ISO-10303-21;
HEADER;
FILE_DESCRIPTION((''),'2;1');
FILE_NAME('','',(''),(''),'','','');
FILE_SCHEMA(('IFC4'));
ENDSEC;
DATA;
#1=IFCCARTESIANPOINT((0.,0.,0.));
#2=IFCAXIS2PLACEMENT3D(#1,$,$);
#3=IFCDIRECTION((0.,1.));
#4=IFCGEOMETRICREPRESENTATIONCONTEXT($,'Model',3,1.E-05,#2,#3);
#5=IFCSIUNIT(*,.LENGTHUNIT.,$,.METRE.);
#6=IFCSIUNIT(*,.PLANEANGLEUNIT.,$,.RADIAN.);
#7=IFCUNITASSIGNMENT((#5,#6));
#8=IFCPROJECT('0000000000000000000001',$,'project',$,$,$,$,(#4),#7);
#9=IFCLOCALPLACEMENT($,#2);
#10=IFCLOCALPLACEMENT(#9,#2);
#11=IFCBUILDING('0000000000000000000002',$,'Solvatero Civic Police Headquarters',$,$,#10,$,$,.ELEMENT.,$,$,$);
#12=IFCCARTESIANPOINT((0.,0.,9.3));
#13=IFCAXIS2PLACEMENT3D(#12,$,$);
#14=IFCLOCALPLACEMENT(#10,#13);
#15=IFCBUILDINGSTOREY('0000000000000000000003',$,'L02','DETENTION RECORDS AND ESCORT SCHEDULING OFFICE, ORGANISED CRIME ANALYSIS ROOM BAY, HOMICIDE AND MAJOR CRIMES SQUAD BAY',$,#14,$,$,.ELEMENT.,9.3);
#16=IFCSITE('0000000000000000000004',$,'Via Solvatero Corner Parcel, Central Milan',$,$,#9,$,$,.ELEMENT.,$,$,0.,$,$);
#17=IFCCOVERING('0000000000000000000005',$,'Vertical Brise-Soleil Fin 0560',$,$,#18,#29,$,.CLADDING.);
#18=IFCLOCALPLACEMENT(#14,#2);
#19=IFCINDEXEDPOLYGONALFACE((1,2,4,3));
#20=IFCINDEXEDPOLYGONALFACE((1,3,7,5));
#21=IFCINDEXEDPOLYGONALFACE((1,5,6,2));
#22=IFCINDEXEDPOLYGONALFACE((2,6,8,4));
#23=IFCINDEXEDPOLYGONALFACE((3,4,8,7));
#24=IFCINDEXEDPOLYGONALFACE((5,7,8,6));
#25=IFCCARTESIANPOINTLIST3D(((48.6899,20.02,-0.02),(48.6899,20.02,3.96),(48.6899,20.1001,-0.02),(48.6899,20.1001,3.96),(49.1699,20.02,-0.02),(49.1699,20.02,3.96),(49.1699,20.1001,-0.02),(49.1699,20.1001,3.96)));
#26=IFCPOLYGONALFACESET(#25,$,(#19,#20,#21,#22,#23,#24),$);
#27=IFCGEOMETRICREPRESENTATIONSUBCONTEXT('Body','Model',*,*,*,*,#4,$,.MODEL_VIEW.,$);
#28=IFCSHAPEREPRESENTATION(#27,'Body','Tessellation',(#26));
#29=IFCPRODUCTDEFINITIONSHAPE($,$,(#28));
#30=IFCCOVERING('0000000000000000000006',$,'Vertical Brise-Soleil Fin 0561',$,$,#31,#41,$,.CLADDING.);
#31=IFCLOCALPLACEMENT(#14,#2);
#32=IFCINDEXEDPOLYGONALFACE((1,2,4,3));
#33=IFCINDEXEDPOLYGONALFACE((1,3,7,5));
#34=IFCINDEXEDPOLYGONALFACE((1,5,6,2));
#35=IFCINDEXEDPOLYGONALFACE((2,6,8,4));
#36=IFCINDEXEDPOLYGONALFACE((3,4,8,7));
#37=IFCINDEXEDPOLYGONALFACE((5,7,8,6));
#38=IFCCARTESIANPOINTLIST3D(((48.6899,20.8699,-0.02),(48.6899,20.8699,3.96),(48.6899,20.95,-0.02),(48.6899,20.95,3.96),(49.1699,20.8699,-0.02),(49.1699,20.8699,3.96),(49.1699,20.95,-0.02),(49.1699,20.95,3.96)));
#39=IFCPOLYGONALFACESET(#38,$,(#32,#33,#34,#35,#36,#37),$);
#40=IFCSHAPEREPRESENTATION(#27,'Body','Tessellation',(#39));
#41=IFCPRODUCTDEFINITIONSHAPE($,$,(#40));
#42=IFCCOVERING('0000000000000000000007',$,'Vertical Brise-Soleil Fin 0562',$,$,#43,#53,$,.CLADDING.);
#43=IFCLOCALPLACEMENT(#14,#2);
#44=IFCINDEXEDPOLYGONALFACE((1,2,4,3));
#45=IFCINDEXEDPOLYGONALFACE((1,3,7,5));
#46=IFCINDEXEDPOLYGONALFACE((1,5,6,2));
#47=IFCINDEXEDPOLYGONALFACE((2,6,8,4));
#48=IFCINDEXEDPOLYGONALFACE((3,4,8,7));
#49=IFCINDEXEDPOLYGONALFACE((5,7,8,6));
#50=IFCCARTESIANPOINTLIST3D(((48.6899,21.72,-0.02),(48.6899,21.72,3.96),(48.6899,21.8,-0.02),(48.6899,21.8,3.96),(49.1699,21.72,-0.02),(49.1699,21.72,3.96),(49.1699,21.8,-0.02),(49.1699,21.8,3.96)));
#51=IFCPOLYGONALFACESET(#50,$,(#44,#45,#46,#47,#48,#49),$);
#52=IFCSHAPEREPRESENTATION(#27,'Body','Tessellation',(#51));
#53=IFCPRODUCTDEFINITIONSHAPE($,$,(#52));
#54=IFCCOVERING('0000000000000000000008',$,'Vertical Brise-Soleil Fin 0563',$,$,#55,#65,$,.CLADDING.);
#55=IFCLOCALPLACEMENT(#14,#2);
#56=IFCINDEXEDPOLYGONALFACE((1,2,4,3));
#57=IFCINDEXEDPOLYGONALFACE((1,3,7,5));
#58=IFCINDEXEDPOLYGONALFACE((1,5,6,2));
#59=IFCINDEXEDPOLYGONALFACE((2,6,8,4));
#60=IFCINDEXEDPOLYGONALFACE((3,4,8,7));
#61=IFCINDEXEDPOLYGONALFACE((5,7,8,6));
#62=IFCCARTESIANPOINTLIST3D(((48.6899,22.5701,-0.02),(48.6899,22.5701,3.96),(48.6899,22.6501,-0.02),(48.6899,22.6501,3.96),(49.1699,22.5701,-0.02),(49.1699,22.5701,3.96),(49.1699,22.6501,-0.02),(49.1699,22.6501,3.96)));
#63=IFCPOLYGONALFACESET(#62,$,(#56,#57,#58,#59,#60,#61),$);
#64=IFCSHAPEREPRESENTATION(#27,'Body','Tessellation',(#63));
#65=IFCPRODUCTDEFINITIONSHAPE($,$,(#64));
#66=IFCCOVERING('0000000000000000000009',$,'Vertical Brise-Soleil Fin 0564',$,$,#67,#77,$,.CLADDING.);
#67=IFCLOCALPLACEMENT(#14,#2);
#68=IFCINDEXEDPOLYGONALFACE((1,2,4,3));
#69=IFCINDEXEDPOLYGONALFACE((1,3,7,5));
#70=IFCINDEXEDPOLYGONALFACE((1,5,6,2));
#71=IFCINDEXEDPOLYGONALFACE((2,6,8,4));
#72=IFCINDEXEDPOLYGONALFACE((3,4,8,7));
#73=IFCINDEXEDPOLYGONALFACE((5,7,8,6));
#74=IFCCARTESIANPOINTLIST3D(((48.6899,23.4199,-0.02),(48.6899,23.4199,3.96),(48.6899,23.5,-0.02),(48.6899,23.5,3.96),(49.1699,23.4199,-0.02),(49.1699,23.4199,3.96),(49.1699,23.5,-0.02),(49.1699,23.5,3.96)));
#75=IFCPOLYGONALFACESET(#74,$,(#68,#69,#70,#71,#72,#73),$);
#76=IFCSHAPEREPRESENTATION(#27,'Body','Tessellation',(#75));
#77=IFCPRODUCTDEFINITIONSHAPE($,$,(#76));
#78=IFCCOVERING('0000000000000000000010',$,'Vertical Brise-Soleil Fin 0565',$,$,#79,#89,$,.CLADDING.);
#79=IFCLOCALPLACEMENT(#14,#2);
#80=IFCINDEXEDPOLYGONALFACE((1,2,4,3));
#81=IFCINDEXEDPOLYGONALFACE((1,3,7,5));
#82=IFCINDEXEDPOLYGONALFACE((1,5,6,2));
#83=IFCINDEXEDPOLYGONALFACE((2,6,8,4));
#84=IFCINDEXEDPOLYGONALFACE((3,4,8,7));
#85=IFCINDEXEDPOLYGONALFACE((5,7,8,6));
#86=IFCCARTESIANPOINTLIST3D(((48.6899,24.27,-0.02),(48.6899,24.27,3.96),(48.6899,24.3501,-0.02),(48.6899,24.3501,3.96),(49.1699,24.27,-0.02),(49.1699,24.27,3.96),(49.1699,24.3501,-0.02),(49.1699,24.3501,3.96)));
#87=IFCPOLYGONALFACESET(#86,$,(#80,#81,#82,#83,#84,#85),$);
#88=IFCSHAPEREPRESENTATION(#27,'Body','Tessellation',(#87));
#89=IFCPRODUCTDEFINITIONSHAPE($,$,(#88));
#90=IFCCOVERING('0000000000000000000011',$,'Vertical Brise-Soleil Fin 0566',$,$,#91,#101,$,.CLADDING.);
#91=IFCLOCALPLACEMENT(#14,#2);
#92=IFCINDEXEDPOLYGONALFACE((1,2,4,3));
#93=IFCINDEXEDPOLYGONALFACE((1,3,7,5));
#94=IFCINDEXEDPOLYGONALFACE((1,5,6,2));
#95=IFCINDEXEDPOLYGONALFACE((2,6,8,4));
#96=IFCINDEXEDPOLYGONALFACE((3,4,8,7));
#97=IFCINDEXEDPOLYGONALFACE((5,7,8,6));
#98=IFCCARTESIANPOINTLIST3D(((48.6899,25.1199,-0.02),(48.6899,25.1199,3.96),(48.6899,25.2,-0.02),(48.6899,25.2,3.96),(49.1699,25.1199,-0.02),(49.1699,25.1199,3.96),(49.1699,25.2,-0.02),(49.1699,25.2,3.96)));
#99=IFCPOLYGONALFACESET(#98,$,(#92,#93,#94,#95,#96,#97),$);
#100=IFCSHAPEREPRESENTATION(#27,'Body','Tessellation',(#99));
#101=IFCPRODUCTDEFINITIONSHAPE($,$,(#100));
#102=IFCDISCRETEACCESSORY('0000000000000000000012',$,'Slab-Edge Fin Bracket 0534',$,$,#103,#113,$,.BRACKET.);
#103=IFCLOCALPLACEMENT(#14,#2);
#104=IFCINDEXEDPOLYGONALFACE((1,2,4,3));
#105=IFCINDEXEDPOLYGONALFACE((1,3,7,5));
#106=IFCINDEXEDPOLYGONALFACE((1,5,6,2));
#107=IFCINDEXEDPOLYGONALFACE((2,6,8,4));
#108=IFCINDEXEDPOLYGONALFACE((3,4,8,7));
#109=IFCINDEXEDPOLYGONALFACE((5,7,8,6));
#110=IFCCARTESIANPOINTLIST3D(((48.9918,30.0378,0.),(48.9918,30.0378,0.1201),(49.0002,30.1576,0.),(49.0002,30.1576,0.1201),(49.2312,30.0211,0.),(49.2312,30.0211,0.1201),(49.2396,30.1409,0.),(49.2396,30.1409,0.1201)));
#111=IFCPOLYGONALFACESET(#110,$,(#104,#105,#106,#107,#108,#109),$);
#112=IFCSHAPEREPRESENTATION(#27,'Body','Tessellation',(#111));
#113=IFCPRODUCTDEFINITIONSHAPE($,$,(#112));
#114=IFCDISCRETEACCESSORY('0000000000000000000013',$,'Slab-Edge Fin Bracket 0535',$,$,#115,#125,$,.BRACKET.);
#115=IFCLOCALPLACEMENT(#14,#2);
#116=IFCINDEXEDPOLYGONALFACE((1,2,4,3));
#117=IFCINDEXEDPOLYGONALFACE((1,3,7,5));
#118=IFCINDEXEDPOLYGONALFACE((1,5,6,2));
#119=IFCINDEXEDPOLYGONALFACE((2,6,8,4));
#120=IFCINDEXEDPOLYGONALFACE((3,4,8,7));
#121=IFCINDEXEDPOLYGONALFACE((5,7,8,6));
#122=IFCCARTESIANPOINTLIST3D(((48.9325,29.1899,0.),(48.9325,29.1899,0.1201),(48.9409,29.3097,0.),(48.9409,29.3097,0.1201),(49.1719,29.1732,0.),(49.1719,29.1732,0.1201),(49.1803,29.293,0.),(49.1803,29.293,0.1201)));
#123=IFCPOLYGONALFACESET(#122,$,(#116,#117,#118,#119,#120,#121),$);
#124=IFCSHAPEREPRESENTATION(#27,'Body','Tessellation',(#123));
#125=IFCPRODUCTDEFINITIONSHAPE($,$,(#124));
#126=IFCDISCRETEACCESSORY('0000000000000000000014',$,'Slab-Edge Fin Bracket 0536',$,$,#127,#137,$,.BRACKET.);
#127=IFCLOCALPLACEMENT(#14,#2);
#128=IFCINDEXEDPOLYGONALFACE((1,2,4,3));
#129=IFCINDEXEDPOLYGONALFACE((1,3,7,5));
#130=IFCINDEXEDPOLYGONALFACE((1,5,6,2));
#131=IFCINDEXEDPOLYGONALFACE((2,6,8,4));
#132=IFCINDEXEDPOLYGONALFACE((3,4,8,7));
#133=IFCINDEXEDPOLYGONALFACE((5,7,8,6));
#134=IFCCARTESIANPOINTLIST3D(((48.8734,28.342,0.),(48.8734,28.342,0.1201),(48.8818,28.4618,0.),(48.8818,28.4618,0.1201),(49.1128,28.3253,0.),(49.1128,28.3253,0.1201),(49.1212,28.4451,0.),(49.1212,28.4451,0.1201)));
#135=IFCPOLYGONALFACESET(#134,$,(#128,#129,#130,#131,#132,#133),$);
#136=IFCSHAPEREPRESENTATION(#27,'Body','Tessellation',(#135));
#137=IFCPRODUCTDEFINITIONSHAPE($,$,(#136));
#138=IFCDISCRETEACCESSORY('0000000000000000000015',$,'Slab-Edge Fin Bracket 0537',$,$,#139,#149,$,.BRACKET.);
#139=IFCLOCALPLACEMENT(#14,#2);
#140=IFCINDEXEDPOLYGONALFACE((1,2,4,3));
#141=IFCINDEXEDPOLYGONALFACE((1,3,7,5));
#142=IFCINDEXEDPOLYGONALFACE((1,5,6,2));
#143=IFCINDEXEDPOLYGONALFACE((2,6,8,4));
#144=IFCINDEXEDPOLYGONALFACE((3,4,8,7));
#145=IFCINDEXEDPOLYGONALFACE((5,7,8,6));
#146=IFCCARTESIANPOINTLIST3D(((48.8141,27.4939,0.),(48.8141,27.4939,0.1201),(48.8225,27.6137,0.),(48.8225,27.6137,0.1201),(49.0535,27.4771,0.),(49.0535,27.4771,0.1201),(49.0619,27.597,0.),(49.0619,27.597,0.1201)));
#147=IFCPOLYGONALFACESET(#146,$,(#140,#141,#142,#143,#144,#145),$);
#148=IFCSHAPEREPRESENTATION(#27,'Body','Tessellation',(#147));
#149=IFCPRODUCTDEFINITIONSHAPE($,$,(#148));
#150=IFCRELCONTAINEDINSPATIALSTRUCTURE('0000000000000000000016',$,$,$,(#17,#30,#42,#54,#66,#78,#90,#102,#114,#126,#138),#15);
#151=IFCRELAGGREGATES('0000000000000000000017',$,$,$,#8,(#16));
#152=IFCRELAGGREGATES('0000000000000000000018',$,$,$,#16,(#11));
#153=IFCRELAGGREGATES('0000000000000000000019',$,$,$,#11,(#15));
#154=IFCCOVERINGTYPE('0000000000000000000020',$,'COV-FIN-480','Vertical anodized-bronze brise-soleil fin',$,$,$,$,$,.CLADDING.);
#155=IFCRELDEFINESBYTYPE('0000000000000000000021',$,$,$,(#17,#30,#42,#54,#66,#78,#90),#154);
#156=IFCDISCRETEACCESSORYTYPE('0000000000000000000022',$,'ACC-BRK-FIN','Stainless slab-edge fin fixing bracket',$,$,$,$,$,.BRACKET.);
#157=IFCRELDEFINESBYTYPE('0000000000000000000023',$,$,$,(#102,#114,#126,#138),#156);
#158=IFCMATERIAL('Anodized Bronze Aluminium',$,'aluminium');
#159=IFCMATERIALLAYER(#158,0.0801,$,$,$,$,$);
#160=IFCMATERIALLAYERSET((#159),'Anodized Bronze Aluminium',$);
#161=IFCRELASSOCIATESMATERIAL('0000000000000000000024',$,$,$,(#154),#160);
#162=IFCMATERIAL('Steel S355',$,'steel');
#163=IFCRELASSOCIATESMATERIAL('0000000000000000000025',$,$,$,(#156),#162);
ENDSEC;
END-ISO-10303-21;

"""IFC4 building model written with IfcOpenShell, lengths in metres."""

from ifc_helpers import new_model, si_unit, direction, frame, origin, origin_2d, place, context, subcontext, project, spatial, rectangle, extrude, material, layer, layer_set, type_object, element, save


model = new_model("IFC4")

# Units and contexts
model_context = context("Model", 3, precision=1e-05, world=origin(), true_north=direction((0.0, 1.0)))
body_context = subcontext(model_context, "Body", "Model", "MODEL_VIEW")
ifc_project = project(units=[si_unit("LENGTHUNIT", "METRE"), si_unit("PLANEANGLEUNIT", "RADIAN")], contexts=[model_context])

# Site, building, storey
site_placement = place(None, origin())
site = spatial("IfcSite", under=ifc_project, at=site_placement, Name="Via Solvatero Corner Parcel, Central Milan", CompositionType="ELEMENT", RefElevation=0.0)
building_placement = place(site_placement, origin())
building = spatial("IfcBuilding", under=site, at=building_placement, Name="Solvatero Civic Police Headquarters", CompositionType="ELEMENT")
storey_placement = place(building_placement, frame((0.0, 0.0, 9.3)))
storey = spatial("IfcBuildingStorey", under=building, at=storey_placement, Name="L02", Description="DETENTION RECORDS AND ESCORT SCHEDULING OFFICE, ORGANISED CRIME ANALYSIS ROOM BAY, HOMICIDE AND MAJOR CRIMES SQUAD BAY", CompositionType="ELEMENT", Elevation=9.3)

# Shared definitions
ifc_material_1 = material(Name="Anodized Bronze Aluminium", Category="aluminium")

# Coverings
ifc_layer_1 = layer(ifc_material_1, 0.0801)
ifc_layer_set_1 = layer_set([ifc_layer_1], Name="Anodized Bronze Aluminium")
covering_type = type_object("IfcCoveringType", Name="COV-FIN-480", Description="Vertical anodized-bronze brise-soleil fin", PredefinedType="CLADDING", material=ifc_layer_set_1)
for number, where, z_axis, x_axis, name in (
    (1, (48.9299, 20.0601, -0.02), (0.0, 0.0, 1.0), (0.0, 1.0, 0.0), "Vertical Brise-Soleil Fin 0560"),
    (2, (48.9299, 20.9099, -0.02), (0.0, 0.0, 1.0), (0.0, 1.0, 0.0), "Vertical Brise-Soleil Fin 0561"),
    (3, (48.9299, 21.76, -0.02), (0.0, 0.0, 1.0), (0.0, 1.0, 0.0), "Vertical Brise-Soleil Fin 0562"),
    (4, (48.9299, 22.6101, -0.02), (0.0, 0.0, 1.0), (0.0, 1.0, 0.0), "Vertical Brise-Soleil Fin 0563"),
    (5, (48.9299, 23.46, -0.02), (0.0, 0.0, 1.0), (0.0, 1.0, 0.0), "Vertical Brise-Soleil Fin 0564"),
    (6, (48.9299, 24.3101, -0.02), (0.0, 0.0, 1.0), (0.0, 1.0, 0.0), "Vertical Brise-Soleil Fin 0565"),
    (7, (48.9299, 25.1599, -0.02), (0.0, 0.0, 1.0), (0.0, 1.0, 0.0), "Vertical Brise-Soleil Fin 0566"),
):
    element("IfcCovering", number, at=place(storey_placement, frame(where, z_axis=z_axis, x_axis=x_axis)), inside=storey, type_object=covering_type, Name=name, PredefinedType="CLADDING", context=body_context, shape_type="SweptSolid", body=[
        extrude(rectangle(XDim=0.0801, YDim=0.48, at=origin_2d()), origin(), (0.0, 0.0, 1.0), 3.98),
    ])

# Discrete accessories
ifc_material_2 = material(Name="Steel S355", Category="steel")
discrete_accessory_type = type_object("IfcDiscreteAccessoryType", Name="ACC-BRK-FIN", Description="Stainless slab-edge fin fixing bracket", PredefinedType="BRACKET", material=ifc_material_2)
for number, where, z_axis, x_axis, name in (
    (8, (49.1157, 30.0894, 0.0), (0.0, 0.0, 1.0), (-0.069756, -0.997564, 0.0), "Slab-Edge Fin Bracket 0534"),
    (9, (49.0564, 29.2415, 0.0), (0.0, 0.0, 1.0), (-0.069756, -0.997564, 0.0), "Slab-Edge Fin Bracket 0535"),
    (10, (48.9973, 28.3936, 0.0), (0.0, 0.0, 1.0), (-0.069756, -0.997564, 0.0), "Slab-Edge Fin Bracket 0536"),
    (11, (48.938, 27.5454, 0.0), (0.0, 0.0, 1.0), (-0.069756, -0.997564, 0.0), "Slab-Edge Fin Bracket 0537"),
):
    element("IfcDiscreteAccessory", number, at=place(storey_placement, frame(where, z_axis=z_axis, x_axis=x_axis)), inside=storey, type_object=discrete_accessory_type, Name=name, PredefinedType="BRACKET", context=body_context, shape_type="SweptSolid", body=[
        extrude(rectangle(XDim=0.1201, YDim=0.24, at=origin_2d()), origin(), (0.0, 0.0, 1.0), 0.1201),
    ])

save(model, "model.ifc")
